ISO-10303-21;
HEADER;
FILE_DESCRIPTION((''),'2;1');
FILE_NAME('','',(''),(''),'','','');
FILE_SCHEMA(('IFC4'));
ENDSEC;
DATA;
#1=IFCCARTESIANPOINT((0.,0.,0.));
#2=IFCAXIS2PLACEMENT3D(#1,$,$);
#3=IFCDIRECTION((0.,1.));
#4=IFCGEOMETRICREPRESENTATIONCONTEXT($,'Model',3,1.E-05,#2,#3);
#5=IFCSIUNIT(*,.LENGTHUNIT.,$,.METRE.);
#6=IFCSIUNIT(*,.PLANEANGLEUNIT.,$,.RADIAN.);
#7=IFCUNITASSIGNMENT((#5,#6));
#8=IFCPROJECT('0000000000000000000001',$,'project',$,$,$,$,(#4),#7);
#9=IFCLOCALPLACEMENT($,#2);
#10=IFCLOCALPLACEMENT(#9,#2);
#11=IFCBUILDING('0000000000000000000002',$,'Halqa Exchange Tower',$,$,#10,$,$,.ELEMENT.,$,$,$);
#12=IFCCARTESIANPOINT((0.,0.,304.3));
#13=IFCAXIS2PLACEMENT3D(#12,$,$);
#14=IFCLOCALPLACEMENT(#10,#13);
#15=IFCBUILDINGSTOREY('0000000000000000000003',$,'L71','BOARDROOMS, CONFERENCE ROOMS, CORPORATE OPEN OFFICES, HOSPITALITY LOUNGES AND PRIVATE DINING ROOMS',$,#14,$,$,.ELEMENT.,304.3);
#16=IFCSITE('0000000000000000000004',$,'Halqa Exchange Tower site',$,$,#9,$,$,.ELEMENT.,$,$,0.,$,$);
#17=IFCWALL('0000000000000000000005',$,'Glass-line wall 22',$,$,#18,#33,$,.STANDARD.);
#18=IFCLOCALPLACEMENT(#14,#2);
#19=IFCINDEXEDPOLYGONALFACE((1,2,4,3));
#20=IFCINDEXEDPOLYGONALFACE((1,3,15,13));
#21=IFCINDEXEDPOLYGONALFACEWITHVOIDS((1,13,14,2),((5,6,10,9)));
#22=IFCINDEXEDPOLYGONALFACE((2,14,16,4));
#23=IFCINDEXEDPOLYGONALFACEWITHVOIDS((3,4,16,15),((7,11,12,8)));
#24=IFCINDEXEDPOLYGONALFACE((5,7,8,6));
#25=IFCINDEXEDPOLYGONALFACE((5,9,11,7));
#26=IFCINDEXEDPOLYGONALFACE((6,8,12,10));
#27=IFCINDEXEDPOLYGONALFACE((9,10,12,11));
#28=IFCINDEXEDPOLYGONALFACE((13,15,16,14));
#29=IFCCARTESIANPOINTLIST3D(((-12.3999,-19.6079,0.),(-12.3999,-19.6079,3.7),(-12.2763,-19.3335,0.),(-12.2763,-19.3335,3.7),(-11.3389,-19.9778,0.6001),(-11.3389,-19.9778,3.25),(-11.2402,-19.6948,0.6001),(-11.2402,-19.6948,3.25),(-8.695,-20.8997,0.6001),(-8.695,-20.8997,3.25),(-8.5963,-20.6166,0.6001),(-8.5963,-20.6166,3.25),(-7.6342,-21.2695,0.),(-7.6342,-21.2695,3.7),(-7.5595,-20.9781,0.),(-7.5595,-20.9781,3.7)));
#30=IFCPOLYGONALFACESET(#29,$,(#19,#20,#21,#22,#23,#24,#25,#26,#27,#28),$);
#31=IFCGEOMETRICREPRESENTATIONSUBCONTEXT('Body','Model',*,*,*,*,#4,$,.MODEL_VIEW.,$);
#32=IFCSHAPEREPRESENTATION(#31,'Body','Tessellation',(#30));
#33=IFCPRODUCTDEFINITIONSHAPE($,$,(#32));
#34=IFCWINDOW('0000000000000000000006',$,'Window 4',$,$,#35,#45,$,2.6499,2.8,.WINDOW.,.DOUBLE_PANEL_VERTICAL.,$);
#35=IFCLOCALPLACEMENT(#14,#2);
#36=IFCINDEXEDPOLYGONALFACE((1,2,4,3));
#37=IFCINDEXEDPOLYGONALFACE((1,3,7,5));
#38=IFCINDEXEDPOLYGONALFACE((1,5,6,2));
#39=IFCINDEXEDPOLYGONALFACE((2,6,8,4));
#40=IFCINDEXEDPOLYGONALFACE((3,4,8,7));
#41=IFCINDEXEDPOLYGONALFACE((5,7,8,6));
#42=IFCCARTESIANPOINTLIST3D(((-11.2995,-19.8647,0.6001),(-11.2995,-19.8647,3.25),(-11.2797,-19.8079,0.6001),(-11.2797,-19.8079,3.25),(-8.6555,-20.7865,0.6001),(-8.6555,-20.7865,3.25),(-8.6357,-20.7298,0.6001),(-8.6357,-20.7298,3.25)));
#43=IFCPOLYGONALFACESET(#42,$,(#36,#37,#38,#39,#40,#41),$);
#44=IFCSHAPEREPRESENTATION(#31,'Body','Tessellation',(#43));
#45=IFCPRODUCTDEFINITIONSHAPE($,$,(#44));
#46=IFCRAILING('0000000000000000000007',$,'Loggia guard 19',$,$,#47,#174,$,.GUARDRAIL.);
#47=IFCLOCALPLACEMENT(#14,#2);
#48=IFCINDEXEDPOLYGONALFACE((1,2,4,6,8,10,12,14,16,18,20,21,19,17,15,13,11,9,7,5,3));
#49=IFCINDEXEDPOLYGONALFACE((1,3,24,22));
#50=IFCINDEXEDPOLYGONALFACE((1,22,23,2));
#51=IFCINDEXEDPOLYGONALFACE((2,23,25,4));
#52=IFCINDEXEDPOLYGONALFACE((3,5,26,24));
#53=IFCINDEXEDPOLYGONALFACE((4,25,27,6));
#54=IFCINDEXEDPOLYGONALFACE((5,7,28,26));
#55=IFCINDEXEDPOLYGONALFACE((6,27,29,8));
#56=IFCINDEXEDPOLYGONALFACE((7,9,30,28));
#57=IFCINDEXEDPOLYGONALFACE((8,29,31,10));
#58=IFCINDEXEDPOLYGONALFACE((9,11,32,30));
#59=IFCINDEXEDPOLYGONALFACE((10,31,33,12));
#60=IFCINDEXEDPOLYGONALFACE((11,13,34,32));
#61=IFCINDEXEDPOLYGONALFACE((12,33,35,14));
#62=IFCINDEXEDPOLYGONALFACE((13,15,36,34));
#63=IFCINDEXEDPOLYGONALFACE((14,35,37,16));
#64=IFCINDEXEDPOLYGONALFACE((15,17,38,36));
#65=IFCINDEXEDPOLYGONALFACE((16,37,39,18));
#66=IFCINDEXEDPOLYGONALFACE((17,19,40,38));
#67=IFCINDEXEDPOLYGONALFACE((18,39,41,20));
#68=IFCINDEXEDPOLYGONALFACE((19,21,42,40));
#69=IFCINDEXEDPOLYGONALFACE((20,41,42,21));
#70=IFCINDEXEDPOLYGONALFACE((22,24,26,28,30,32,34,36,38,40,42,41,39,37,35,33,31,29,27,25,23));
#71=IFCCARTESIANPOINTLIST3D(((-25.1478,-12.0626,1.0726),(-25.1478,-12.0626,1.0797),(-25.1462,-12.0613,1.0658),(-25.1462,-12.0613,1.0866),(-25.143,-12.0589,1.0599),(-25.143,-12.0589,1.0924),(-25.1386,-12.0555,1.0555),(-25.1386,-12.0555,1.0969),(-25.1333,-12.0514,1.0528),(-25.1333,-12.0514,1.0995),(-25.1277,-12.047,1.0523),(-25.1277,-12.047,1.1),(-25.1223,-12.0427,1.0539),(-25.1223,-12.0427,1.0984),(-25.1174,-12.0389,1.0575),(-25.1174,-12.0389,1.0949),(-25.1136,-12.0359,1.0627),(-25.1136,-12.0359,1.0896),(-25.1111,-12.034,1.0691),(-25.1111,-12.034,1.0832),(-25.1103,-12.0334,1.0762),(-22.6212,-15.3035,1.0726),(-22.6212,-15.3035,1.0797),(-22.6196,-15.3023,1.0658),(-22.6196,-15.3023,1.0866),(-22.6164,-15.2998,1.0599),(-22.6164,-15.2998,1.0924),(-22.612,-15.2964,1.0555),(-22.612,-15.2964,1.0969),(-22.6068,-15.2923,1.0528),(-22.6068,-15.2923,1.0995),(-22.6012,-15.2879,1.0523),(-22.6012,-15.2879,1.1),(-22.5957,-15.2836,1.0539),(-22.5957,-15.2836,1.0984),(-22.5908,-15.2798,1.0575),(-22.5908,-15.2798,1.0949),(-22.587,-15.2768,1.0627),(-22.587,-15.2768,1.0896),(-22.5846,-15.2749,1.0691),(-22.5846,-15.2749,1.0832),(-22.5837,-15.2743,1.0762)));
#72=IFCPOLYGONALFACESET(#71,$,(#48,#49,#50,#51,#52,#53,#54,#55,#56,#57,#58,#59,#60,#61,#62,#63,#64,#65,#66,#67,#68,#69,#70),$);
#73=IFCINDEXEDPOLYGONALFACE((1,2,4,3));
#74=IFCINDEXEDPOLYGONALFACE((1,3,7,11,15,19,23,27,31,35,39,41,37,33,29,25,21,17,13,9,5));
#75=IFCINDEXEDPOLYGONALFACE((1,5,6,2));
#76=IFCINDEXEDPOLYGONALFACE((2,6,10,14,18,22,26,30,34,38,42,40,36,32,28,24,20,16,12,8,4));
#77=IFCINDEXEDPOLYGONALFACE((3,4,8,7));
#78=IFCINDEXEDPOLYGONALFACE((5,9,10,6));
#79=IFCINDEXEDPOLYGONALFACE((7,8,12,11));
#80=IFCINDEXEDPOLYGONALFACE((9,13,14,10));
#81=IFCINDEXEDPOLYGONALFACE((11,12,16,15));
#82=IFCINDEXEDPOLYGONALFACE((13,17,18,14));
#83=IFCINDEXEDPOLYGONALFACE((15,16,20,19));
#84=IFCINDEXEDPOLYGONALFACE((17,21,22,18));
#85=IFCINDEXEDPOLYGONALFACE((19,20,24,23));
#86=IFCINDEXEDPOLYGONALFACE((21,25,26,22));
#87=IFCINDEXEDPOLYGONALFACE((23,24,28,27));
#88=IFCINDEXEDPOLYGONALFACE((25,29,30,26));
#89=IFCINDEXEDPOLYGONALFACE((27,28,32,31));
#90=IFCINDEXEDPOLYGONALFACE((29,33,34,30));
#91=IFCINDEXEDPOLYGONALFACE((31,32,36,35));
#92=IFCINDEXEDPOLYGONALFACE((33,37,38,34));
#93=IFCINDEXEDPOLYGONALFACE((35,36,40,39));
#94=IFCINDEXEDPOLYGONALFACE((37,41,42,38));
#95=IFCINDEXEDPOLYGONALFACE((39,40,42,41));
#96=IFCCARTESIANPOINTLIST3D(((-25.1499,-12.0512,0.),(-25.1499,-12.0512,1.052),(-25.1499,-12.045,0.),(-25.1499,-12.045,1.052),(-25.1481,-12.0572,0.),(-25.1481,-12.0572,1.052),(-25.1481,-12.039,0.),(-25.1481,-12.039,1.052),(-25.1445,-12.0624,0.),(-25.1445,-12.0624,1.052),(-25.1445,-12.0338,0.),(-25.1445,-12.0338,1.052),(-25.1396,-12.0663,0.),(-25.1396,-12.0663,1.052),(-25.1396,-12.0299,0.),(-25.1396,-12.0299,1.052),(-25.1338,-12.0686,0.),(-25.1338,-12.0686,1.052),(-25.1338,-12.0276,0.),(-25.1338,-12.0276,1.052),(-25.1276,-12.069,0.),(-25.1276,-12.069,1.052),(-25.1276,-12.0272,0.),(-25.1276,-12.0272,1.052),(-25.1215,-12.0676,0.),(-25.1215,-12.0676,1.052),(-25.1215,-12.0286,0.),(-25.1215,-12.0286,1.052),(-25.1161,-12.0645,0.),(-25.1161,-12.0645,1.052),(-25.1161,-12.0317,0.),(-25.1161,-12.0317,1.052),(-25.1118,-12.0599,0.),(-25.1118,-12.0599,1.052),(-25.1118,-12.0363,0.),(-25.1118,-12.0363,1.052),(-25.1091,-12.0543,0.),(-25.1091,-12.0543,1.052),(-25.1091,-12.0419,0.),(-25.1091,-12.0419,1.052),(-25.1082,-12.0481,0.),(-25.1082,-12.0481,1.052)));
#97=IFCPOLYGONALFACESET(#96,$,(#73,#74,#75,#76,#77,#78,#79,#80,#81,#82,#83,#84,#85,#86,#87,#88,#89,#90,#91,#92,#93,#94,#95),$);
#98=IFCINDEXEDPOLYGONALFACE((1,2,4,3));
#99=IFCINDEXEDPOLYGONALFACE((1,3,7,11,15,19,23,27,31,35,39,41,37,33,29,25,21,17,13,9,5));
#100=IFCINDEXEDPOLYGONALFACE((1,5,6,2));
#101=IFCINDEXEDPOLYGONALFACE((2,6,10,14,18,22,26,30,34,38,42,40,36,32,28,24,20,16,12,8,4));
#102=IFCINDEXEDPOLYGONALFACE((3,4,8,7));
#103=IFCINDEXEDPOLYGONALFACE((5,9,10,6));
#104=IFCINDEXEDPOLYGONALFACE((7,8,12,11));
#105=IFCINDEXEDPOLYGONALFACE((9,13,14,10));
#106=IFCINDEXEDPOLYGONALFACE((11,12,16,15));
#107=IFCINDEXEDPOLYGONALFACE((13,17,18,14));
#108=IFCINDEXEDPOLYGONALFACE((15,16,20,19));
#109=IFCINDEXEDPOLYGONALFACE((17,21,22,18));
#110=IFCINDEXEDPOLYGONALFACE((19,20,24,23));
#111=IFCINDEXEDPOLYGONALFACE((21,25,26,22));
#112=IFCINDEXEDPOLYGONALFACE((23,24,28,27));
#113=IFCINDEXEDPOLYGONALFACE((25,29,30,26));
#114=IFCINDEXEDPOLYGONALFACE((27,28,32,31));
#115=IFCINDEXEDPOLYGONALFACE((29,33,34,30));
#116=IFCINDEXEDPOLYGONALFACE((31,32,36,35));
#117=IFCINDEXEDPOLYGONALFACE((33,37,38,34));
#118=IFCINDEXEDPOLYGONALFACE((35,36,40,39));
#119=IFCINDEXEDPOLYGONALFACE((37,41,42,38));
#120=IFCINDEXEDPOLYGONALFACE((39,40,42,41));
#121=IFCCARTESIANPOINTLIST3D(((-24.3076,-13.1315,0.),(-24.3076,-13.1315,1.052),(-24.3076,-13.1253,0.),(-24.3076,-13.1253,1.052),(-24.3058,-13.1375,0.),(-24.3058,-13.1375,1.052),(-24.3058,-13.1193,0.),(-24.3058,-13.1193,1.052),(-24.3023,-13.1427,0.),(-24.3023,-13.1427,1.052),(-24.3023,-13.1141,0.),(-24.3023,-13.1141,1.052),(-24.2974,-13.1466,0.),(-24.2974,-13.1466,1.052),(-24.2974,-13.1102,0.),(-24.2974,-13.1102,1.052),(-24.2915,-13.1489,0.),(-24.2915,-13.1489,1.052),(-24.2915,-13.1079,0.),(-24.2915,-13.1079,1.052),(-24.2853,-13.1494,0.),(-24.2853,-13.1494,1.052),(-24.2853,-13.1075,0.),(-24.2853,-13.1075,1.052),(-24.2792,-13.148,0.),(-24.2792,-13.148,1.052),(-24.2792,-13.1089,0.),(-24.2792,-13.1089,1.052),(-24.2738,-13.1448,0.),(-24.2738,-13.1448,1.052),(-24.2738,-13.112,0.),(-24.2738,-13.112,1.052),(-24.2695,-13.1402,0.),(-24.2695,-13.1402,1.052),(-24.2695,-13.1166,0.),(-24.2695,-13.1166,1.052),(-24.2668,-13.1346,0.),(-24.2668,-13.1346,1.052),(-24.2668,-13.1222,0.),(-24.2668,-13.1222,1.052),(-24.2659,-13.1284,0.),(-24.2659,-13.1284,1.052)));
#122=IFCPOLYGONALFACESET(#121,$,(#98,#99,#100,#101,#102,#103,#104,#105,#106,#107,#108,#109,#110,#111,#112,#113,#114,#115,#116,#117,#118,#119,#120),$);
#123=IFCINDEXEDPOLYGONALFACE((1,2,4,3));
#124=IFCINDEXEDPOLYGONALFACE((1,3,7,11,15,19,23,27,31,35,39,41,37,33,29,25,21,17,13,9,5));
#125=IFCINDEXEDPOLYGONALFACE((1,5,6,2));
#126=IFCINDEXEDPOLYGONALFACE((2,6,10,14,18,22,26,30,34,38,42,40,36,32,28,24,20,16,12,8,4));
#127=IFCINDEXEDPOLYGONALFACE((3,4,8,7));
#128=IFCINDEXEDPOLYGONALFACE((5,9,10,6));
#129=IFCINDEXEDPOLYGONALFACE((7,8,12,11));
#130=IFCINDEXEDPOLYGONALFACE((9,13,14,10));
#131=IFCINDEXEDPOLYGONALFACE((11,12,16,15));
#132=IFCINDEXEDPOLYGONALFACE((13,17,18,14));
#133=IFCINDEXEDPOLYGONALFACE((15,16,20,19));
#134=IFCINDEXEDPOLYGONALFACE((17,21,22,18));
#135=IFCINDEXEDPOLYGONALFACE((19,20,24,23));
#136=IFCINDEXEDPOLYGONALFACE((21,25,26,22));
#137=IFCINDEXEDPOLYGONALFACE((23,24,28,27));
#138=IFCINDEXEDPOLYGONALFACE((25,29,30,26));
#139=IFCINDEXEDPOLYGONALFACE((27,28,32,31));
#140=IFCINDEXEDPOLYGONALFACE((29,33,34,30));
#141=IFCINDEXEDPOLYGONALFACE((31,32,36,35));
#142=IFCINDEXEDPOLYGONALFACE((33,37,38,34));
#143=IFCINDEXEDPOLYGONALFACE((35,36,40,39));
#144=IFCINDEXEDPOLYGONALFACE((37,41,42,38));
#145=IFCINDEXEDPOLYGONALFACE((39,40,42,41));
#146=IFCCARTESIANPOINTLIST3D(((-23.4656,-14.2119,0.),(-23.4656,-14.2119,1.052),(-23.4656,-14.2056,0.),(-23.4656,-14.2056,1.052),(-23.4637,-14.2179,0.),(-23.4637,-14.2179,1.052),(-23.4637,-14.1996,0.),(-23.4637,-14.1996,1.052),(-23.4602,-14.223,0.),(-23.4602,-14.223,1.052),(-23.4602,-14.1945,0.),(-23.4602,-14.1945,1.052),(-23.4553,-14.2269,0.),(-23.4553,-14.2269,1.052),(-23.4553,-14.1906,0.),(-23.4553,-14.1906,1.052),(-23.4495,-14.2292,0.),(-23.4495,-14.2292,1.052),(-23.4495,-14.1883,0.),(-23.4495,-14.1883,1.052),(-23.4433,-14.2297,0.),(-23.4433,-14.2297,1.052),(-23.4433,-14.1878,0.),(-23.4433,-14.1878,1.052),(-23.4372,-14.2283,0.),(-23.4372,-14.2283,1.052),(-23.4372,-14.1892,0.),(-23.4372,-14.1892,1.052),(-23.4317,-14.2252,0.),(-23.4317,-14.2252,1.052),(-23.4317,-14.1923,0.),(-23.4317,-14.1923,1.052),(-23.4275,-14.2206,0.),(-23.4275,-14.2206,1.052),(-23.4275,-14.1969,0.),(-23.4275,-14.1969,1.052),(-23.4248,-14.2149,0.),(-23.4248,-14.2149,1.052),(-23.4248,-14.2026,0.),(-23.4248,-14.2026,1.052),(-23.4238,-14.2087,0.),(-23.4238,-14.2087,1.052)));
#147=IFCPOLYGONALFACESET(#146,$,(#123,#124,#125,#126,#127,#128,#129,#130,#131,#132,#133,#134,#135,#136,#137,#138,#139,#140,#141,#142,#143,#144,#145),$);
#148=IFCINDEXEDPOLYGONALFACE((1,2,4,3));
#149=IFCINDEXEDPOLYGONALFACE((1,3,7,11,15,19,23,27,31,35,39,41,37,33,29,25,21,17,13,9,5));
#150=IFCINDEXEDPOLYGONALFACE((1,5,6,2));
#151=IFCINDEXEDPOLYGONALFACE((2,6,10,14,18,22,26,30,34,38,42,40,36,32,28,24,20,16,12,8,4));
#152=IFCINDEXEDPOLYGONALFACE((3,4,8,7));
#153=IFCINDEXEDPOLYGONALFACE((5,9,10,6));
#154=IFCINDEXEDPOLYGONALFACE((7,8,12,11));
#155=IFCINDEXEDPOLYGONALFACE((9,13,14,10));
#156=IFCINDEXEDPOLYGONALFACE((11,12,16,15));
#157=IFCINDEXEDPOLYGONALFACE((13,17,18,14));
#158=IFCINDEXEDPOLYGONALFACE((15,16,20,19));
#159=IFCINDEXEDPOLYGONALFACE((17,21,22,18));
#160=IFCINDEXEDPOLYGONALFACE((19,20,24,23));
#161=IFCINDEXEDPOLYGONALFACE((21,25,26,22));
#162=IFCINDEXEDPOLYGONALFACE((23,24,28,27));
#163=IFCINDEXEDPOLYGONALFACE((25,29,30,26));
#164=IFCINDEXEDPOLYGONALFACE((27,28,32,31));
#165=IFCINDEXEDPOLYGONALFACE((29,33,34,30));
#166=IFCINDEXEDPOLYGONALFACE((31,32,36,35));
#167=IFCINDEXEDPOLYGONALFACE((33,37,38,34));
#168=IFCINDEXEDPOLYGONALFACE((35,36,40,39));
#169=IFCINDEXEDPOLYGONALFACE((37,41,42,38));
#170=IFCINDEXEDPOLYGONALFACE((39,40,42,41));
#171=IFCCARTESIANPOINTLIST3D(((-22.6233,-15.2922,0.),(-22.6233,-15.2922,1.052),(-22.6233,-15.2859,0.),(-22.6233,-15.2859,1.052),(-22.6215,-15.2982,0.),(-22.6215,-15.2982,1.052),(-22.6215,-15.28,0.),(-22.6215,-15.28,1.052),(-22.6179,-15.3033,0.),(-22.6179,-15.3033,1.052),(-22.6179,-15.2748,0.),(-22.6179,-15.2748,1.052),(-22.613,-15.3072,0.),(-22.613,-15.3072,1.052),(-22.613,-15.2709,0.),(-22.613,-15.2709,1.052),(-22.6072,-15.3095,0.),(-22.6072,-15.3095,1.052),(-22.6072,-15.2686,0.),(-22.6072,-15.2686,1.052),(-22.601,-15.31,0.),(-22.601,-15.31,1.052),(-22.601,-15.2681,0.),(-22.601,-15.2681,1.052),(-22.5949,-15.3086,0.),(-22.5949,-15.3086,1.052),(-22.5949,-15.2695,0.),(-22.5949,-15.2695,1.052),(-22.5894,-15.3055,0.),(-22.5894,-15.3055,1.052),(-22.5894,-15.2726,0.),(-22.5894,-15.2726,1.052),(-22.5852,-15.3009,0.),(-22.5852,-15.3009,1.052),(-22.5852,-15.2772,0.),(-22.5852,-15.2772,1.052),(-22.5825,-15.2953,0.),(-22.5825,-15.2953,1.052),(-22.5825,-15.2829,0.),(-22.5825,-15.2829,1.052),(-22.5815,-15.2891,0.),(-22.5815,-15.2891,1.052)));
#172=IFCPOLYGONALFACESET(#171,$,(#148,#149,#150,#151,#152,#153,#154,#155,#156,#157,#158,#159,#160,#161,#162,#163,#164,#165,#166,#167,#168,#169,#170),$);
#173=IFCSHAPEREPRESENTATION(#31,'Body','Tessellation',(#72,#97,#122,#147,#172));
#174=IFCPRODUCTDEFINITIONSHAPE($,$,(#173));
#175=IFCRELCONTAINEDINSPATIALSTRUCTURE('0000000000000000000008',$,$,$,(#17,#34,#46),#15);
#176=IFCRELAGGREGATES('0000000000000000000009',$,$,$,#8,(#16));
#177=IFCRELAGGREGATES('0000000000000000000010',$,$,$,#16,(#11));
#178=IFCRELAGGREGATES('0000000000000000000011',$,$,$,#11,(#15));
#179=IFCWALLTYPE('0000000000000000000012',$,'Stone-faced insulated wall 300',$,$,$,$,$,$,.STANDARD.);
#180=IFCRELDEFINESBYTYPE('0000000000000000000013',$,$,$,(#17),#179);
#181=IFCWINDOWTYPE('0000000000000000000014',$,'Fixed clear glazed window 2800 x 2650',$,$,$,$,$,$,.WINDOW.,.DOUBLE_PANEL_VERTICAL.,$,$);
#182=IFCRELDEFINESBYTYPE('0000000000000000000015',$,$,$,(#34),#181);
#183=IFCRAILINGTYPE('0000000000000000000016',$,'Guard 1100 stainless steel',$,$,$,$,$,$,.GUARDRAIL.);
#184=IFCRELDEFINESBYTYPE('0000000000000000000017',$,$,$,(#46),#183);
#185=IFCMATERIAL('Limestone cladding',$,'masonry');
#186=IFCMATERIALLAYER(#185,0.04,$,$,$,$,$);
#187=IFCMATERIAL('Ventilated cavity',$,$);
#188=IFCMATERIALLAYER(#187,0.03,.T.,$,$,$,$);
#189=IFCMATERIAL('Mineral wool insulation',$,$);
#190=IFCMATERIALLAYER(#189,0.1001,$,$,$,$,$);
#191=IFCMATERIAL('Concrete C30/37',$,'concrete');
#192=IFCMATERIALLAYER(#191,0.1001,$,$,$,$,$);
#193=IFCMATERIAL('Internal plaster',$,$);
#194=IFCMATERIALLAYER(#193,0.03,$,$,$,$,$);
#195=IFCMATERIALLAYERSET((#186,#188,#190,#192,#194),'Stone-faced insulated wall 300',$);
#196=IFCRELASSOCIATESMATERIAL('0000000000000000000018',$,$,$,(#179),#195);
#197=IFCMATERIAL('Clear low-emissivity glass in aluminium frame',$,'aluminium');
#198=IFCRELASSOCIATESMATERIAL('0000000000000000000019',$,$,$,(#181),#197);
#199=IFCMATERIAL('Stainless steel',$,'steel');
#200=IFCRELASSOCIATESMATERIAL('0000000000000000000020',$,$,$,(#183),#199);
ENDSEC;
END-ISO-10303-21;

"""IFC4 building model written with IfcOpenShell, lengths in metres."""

from ifc_helpers import new_model, si_unit, direction, frame, frame_2d, origin, origin_2d, place, context, subcontext, project, spatial, polyline, rectangle, circle, outline, extrude, material, layer, layer_set, type_object, element, fill, save


model = new_model("IFC4")

# Units and contexts
model_context = context("Model", 3, precision=1e-05, world=origin(), true_north=direction((0.0, 1.0)))
body_context = subcontext(model_context, "Body", "Model", "MODEL_VIEW")
ifc_project = project(units=[si_unit("LENGTHUNIT", "METRE"), si_unit("PLANEANGLEUNIT", "RADIAN")], contexts=[model_context])

# Site, building, storey
site_placement = place(None, origin())
site = spatial("IfcSite", under=ifc_project, at=site_placement, Name="Halqa Exchange Tower site", CompositionType="ELEMENT", RefElevation=0.0)
building_placement = place(site_placement, origin())
building = spatial("IfcBuilding", under=site, at=building_placement, Name="Halqa Exchange Tower", CompositionType="ELEMENT")
storey_placement = place(building_placement, frame((0.0, 0.0, 304.3)))
storey = spatial("IfcBuildingStorey", under=building, at=storey_placement, Name="L71", Description="BOARDROOMS, CONFERENCE ROOMS, CORPORATE OPEN OFFICES, HOSPITALITY LOUNGES AND PRIVATE DINING ROOMS", CompositionType="ELEMENT", Elevation=304.3)

# Shared definitions
ifc_material_1 = material(Name="Limestone cladding", Category="masonry")
ifc_layer_1 = layer(ifc_material_1, 0.04)
ifc_material_2 = material(Name="Ventilated cavity")
ifc_layer_2 = layer(ifc_material_2, 0.03, ventilated=True)
ifc_material_3 = material(Name="Mineral wool insulation")
ifc_layer_3 = layer(ifc_material_3, 0.1001)
ifc_material_4 = material(Name="Concrete C30/37", Category="concrete")
ifc_layer_4 = layer(ifc_material_4, 0.1001)
ifc_material_5 = material(Name="Internal plaster")
ifc_layer_5 = layer(ifc_material_5, 0.03)
ifc_layer_set_1 = layer_set([ifc_layer_1, ifc_layer_2, ifc_layer_3, ifc_layer_4, ifc_layer_5], Name="Stone-faced insulated wall 300")
wall_type_1 = type_object("IfcWallType", Name="Stone-faced insulated wall 300", PredefinedType="STANDARD", material=ifc_layer_set_1)
ifc_material_6 = material(Name="Clear low-emissivity glass in aluminium frame", Category="aluminium")

# Wall, opening, window
window_type = type_object("IfcWindowType", Name="Fixed clear glazed window 2800 x 2650", PartitioningType="DOUBLE_PANEL_VERTICAL", PredefinedType="WINDOW", material=ifc_material_6)
wall_1_placement = place(storey_placement, frame((-12.3381, -19.4707, 0.0), z_axis=(0.0, 0.0, 1.0), x_axis=(0.944252, -0.329224, 0.0)))
wall_1 = element("IfcWall", 1, at=wall_1_placement, inside=storey, type_object=wall_type_1, Name="Glass-line wall 22", PredefinedType="STANDARD", context=body_context, shape_type="SweptSolid", body=[
    extrude(outline(polyline([(-0.0132, -0.1499), (5.0339, -0.1499), (5.0085, 0.1499), (0.0132, 0.1499), (-0.0132, -0.1499)])), origin(), (0.0, 0.0, 1.0), 3.7),
])
opening_1_placement = place(wall_1_placement, frame((1.1106, 0.0, 0.6001)))
opening_1 = element("IfcOpeningElement", 2, at=opening_1_placement, cuts=wall_1, PredefinedType="OPENING", context=body_context, shape_type="SweptSolid", body=[
    extrude(rectangle(XDim=2.8, YDim=2.6499, at=frame_2d((1.3999, 1.325))), frame((0.0, 0.1621, 0.0), z_axis=(0.0, -1.0, 0.0), x_axis=(1.0, 0.0, 0.0)), (0.0, 0.0, 1.0), 0.324),
])
window_1_placement = place(opening_1_placement, origin())
window_1 = element("IfcWindow", 3, at=window_1_placement, inside=storey, type_object=window_type, Name="Window 4", OverallHeight=2.6499, OverallWidth=2.8, PartitioningType="DOUBLE_PANEL_VERTICAL", PredefinedType="WINDOW", context=body_context, shape_type="SweptSolid", body=[
    extrude(rectangle(XDim=2.8, YDim=2.6499, at=frame_2d((1.3999, 1.325))), frame((0.0, 0.03, 0.0), z_axis=(0.0, -1.0, 0.0), x_axis=(1.0, 0.0, 0.0)), (0.0, 0.0, 1.0), 0.0601),
])
fill(opening_1, window_1)

# Railing
ifc_material_7 = material(Name="Stainless steel", Category="steel")
railing_type = type_object("IfcRailingType", Name="Guard 1100 stainless steel", PredefinedType="GUARDRAIL", material=ifc_material_7)
railing_1_placement = place(storey_placement, frame((-25.1292, -12.0481, 0.0)))
element("IfcRailing", 4, at=railing_1_placement, inside=storey, type_object=railing_type, Name="Loggia guard 19", PredefinedType="GUARDRAIL", context=body_context, shape_type="SweptSolid", body=[
    extrude(circle(Radius=0.0239, at=origin_2d()), frame((0.0, 0.0, 1.0762), z_axis=(0.614829, -0.788661, 0.0), x_axis=(0.788661, 0.614829, 0.0)), (0.0, 0.0, 1.0), 4.1094),
    extrude(circle(Radius=0.021, at=origin_2d()), origin(), (0.0, 0.0, 1.0), 1.052),
    extrude(circle(Radius=0.021, at=origin_2d()), frame((0.8423, -1.0803, 0.0)), (0.0, 0.0, 1.0), 1.052),
    extrude(circle(Radius=0.021, at=origin_2d()), frame((1.6843, -2.1606, 0.0)), (0.0, 0.0, 1.0), 1.052),
    extrude(circle(Radius=0.021, at=origin_2d()), frame((2.5266, -3.241, 0.0)), (0.0, 0.0, 1.0), 1.052),
])

save(model, "model.ifc")
